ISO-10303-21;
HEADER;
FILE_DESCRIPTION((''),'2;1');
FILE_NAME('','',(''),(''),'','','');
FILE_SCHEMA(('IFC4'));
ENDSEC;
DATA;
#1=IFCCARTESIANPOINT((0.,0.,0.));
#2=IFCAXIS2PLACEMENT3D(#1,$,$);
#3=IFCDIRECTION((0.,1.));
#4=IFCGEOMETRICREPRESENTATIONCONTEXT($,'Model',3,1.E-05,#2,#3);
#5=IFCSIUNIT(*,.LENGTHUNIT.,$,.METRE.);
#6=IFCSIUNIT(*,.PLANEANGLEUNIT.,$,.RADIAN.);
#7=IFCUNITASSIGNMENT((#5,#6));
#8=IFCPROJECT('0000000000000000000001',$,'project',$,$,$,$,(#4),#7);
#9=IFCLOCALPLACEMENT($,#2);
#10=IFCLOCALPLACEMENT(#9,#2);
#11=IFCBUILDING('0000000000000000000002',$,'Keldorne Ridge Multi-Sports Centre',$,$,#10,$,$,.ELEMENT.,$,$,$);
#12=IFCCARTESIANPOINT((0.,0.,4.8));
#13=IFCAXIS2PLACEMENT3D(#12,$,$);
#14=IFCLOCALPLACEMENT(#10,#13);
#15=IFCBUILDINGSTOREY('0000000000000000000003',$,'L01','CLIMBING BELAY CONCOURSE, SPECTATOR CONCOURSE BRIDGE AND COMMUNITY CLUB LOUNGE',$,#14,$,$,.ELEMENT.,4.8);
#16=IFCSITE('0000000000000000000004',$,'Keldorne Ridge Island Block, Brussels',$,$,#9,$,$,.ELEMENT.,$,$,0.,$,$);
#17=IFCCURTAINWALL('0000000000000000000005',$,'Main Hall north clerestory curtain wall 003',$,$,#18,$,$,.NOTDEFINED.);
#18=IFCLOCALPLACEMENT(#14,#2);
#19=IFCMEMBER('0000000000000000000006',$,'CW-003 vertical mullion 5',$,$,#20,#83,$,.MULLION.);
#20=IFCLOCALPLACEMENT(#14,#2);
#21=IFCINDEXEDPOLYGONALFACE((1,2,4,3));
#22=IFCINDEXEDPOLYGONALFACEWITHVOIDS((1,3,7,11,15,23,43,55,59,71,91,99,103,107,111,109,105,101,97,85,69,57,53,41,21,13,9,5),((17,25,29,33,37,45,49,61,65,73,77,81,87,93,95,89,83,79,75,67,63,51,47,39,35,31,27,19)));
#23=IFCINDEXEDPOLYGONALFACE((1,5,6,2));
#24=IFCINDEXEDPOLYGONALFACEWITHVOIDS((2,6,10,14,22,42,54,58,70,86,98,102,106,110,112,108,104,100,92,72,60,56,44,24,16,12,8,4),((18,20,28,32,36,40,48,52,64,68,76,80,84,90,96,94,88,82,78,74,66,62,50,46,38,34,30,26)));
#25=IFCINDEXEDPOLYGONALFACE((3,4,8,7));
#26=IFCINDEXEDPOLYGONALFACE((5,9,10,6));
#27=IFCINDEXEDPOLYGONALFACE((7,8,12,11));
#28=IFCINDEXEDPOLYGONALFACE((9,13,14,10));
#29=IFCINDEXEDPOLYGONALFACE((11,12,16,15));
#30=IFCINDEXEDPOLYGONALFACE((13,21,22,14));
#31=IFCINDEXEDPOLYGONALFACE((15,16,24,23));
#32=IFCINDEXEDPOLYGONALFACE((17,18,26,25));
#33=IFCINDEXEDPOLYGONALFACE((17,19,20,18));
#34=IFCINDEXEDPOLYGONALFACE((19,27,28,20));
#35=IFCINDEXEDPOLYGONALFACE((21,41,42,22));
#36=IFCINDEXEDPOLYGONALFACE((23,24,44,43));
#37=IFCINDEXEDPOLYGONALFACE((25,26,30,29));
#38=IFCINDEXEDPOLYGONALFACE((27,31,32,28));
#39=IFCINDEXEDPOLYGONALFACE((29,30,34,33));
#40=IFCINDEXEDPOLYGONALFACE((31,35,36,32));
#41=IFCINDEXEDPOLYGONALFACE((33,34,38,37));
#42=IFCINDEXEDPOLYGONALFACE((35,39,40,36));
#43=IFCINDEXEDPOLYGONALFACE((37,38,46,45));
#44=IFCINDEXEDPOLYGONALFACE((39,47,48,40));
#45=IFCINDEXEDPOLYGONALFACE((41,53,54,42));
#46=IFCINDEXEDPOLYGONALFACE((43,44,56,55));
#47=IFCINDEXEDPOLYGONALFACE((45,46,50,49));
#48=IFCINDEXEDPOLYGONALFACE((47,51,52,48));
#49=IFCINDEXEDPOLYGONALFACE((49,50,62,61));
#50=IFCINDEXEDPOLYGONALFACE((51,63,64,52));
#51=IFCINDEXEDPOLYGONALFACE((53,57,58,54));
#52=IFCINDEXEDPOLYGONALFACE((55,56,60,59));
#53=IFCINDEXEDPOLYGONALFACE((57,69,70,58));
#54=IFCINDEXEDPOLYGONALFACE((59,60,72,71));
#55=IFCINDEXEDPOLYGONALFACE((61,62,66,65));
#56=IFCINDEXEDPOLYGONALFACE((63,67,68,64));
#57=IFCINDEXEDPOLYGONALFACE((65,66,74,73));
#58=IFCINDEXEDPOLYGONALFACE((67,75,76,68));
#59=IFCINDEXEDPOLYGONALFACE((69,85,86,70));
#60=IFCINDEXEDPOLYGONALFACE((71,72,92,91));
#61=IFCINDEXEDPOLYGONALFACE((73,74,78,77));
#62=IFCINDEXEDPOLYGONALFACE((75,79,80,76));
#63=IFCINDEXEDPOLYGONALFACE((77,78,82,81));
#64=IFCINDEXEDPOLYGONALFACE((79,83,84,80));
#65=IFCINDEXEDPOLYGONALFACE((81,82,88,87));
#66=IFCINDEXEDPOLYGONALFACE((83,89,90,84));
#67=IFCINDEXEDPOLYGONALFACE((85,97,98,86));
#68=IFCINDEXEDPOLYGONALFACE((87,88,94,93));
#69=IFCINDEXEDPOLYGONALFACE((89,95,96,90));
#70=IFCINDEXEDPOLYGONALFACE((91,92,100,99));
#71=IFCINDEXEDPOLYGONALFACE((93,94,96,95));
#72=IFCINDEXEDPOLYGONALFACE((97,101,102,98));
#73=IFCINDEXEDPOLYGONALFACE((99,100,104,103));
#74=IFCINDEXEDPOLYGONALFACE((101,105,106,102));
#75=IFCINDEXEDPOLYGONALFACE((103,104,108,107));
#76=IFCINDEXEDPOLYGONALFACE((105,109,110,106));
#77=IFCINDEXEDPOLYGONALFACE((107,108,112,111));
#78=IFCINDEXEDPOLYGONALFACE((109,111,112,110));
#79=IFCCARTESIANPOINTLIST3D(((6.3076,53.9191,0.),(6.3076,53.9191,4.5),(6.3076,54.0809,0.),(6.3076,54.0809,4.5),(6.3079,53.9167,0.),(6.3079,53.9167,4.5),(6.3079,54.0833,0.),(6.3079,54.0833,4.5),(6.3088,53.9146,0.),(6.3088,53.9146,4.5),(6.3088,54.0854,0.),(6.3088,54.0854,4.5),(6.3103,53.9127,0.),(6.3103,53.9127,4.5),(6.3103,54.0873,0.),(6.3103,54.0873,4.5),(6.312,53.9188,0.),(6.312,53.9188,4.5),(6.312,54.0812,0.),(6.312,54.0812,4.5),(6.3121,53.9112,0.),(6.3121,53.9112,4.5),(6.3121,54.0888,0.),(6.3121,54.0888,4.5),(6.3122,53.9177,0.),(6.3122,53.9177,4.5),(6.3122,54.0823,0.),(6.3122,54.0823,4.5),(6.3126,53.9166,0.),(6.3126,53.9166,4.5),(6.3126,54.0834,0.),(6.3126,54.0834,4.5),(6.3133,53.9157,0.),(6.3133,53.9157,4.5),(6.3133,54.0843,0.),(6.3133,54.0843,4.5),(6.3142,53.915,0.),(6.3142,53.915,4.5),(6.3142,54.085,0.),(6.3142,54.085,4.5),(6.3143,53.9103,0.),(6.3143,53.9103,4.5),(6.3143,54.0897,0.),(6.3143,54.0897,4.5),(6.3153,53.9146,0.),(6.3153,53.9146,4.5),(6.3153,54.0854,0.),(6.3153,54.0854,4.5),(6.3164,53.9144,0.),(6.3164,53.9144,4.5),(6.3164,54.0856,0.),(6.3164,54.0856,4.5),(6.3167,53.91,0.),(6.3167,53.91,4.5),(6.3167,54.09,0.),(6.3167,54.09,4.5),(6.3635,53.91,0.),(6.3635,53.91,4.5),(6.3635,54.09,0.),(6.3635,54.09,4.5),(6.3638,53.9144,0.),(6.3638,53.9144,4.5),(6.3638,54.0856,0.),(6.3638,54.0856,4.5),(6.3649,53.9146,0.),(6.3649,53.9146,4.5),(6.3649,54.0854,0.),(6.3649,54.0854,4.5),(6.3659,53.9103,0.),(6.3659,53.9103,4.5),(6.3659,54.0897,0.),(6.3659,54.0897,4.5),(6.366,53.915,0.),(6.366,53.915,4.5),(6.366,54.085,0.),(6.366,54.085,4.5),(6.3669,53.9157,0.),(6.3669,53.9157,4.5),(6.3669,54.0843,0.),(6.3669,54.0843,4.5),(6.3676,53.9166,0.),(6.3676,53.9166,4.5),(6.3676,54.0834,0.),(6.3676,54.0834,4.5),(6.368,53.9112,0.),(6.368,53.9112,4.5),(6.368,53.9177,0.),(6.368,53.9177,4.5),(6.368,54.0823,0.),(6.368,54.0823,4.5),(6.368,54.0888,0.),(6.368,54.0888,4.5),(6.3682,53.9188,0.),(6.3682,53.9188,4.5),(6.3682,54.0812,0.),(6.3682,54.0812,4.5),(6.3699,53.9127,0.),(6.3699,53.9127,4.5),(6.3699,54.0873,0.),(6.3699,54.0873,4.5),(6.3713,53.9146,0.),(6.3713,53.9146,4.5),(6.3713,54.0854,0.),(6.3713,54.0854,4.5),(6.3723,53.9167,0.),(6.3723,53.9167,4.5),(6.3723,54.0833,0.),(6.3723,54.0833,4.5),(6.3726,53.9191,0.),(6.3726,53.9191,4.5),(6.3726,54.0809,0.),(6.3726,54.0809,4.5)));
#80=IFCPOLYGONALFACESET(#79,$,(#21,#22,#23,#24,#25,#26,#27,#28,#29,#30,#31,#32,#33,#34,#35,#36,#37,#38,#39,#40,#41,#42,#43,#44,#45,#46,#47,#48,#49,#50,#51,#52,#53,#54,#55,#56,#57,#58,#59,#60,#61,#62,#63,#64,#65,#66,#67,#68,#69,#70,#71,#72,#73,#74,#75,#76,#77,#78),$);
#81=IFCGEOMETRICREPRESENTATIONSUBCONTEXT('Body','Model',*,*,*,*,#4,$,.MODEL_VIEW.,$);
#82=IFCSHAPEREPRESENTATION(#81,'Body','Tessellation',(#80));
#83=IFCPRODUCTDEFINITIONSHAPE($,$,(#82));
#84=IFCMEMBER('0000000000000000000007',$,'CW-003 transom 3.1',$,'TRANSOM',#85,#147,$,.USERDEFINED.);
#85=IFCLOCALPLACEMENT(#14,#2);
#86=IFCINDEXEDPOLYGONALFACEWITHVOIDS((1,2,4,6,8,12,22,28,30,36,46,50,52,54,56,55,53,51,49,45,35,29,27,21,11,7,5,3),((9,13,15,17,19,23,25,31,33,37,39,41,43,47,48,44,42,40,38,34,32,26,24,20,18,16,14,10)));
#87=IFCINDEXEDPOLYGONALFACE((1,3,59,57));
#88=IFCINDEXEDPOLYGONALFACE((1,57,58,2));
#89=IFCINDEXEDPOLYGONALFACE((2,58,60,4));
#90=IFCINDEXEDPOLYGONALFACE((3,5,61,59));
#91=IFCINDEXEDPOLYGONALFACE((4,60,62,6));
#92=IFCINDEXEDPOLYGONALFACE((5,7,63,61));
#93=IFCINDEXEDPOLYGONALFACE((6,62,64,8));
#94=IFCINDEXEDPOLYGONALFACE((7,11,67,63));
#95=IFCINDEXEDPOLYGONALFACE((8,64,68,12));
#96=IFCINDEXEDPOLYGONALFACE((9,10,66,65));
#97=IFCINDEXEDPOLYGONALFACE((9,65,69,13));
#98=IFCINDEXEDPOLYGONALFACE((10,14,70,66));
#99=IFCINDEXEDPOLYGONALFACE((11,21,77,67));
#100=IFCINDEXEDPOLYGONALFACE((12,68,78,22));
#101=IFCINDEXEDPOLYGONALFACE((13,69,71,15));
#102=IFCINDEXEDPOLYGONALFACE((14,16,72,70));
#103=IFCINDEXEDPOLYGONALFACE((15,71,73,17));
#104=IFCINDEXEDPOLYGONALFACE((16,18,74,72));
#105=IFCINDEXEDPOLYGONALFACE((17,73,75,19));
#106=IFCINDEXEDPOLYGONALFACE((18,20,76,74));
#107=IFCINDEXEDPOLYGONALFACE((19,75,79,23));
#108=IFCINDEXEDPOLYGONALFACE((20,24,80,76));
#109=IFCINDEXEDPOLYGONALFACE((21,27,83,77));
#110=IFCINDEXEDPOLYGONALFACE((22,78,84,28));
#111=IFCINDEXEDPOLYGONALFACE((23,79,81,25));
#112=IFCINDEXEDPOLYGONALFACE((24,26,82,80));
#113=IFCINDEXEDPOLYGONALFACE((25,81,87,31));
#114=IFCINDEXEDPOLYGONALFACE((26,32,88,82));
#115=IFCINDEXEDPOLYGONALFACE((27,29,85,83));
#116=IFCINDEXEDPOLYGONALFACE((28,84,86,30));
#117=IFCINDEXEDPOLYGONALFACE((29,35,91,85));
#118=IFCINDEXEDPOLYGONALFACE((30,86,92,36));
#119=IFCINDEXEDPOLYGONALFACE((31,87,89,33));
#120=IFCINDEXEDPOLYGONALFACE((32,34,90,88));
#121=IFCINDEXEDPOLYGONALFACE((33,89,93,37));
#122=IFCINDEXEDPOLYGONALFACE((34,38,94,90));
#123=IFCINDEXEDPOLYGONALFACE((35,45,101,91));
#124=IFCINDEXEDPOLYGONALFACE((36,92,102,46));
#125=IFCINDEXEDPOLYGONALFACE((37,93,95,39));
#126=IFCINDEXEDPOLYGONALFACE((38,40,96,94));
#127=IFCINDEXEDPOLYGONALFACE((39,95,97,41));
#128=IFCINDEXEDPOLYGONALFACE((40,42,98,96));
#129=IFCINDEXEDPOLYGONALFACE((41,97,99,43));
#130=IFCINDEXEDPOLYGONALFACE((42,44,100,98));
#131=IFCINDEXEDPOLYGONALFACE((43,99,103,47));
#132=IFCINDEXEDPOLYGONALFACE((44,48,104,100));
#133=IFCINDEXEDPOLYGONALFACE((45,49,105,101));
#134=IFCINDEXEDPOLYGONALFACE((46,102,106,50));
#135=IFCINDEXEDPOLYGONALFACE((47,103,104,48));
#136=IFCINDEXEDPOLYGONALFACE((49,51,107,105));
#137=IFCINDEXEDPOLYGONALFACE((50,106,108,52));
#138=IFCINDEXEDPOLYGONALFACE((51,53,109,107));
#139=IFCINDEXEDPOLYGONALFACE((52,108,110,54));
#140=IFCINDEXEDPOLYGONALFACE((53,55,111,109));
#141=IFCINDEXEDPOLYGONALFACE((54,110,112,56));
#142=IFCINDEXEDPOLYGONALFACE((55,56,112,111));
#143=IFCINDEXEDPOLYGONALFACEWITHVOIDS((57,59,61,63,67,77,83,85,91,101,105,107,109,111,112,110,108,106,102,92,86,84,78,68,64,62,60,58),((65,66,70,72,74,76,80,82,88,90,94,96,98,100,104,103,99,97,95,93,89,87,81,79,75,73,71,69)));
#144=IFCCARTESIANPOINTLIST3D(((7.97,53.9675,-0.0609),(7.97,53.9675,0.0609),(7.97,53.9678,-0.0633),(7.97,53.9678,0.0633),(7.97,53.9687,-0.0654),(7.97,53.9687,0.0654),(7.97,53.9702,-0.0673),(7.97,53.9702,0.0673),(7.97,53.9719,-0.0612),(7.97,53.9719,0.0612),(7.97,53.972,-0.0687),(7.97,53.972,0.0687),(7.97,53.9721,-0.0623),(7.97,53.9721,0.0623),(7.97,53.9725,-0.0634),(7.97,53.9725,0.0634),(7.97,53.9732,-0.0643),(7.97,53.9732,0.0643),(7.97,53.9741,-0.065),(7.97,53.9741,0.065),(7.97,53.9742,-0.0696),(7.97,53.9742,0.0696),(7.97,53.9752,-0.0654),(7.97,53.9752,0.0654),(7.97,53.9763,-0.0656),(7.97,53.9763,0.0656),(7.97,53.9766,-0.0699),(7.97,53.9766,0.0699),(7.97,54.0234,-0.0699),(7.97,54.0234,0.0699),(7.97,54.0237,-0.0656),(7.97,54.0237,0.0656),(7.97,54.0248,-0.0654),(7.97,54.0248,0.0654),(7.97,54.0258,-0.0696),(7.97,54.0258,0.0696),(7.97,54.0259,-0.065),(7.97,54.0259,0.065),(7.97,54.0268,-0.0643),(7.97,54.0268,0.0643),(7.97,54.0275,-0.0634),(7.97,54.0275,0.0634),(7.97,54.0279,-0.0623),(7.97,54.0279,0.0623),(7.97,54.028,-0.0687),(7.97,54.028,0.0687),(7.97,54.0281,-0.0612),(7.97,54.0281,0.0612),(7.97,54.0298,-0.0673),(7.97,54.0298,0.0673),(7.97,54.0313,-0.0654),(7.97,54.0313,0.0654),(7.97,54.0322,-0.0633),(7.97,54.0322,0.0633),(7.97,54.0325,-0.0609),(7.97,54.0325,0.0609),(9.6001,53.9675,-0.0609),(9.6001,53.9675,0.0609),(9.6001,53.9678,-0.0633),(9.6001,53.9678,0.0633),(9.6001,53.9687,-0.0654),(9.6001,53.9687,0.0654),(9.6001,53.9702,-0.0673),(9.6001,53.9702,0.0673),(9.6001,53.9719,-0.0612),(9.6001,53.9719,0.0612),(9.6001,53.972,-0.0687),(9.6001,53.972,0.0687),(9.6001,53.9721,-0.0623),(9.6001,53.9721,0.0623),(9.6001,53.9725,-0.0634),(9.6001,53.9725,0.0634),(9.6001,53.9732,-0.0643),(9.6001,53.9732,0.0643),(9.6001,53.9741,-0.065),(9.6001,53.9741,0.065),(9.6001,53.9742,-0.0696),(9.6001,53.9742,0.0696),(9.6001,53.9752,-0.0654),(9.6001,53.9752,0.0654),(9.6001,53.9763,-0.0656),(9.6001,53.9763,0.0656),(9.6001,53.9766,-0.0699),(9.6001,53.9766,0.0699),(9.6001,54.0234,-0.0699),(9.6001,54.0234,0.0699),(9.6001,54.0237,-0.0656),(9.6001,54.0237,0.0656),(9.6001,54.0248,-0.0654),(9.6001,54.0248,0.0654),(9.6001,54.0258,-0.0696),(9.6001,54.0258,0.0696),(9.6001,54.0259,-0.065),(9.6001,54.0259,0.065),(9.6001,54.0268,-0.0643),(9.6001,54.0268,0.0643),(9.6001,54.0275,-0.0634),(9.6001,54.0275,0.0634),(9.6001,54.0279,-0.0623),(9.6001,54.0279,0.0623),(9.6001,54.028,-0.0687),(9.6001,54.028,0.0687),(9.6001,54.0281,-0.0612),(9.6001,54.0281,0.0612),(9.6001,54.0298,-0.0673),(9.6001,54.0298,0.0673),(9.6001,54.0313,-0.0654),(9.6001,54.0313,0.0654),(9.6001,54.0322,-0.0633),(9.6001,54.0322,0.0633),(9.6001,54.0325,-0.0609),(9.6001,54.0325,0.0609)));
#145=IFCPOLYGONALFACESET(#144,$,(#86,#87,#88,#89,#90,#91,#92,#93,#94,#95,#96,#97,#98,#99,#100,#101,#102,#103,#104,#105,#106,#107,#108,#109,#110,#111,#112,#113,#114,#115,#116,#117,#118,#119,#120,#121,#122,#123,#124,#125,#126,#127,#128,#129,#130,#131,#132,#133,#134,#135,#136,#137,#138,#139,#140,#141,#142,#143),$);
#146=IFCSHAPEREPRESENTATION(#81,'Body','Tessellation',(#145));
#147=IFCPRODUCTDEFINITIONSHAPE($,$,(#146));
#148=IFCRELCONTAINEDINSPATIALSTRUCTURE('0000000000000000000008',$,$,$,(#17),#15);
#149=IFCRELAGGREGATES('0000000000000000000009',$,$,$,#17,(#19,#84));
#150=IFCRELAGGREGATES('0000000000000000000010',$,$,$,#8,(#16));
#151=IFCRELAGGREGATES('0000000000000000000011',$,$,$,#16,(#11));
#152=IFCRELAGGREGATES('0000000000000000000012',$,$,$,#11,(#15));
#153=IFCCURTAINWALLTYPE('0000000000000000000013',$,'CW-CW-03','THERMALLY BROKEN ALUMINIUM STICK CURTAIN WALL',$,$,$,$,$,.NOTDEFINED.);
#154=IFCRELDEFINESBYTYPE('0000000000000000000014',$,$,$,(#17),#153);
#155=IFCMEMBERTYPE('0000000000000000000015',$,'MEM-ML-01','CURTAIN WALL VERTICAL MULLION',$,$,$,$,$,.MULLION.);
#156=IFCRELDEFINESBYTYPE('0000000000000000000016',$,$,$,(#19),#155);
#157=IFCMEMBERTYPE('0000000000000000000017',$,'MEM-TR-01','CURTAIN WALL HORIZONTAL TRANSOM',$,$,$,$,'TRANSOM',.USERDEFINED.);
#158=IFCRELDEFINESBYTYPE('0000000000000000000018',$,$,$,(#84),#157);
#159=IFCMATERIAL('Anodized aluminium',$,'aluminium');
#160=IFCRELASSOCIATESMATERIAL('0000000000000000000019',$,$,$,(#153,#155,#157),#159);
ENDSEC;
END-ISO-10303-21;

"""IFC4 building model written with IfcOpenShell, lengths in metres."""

from ifc_helpers import new_model, si_unit, direction, frame, origin, origin_2d, place, context, subcontext, project, spatial, hollow_rectangle, extrude, material, material_profile, profile_set, type_object, element, aggregate, save


model = new_model("IFC4")

# Units and contexts
model_context = context("Model", 3, precision=1e-05, world=origin(), true_north=direction((0.0, 1.0)))
body_context = subcontext(model_context, "Body", "Model", "MODEL_VIEW")
ifc_project = project(units=[si_unit("LENGTHUNIT", "METRE"), si_unit("PLANEANGLEUNIT", "RADIAN")], contexts=[model_context])

# Site, building, storey
site_placement = place(None, origin())
site = spatial("IfcSite", under=ifc_project, at=site_placement, Name="Keldorne Ridge Island Block, Brussels", CompositionType="ELEMENT", RefElevation=0.0)
building_placement = place(site_placement, origin())
building = spatial("IfcBuilding", under=site, at=building_placement, Name="Keldorne Ridge Multi-Sports Centre", CompositionType="ELEMENT")
storey_placement = place(building_placement, frame((0.0, 0.0, 4.8)))
storey = spatial("IfcBuildingStorey", under=building, at=storey_placement, Name="L01", Description="CLIMBING BELAY CONCOURSE, SPECTATOR CONCOURSE BRIDGE AND COMMUNITY CLUB LOUNGE", CompositionType="ELEMENT", Elevation=4.8)

# Curtain wall, members
ifc_material_1 = material(Name="Anodized aluminium", Category="aluminium")
curtain_wall_type = type_object("IfcCurtainWallType", Name="CW-CW-03", Description="THERMALLY BROKEN ALUMINIUM STICK CURTAIN WALL", PredefinedType="NOTDEFINED", material=ifc_material_1)
curtain_wall_placement = place(storey_placement, origin())
curtain_wall = element("IfcCurtainWall", 1, at=curtain_wall_placement, inside=storey, type_object=curtain_wall_type, Name="Main Hall north clerestory curtain wall 003", PredefinedType="NOTDEFINED")
ifc_material_profile_1 = material_profile(ifc_material_1, hollow_rectangle(XDim=0.0649, YDim=0.1799, WallThickness=0.0044, InnerFilletRadius=0.0044, OuterFilletRadius=0.009, at=origin_2d()), Name="ALU MULLION 180x65x4.5")
ifc_profile_set_1 = profile_set([ifc_material_profile_1], Name="Anodized aluminium")
member_type_1 = type_object("IfcMemberType", Name="MEM-ML-01", Description="CURTAIN WALL VERTICAL MULLION", PredefinedType="MULLION", material=ifc_profile_set_1)
member_1_placement = place(storey_placement, frame((6.3401, 54.0, 0.0), z_axis=(0.0, 0.0, 1.0), x_axis=(1.0, 0.0, 0.0)))
member_1 = element("IfcMember", 2, at=member_1_placement, type_object=member_type_1, Name="CW-003 vertical mullion 5", PredefinedType="MULLION", context=body_context, shape_type="SweptSolid", body=[
    extrude(hollow_rectangle(XDim=0.0649, YDim=0.1799, WallThickness=0.0044, InnerFilletRadius=0.0044, OuterFilletRadius=0.009, at=origin_2d()), origin(), (0.0, 0.0, 1.0), 4.5),
])
ifc_material_profile_2 = material_profile(ifc_material_1, hollow_rectangle(XDim=0.0649, YDim=0.1399, WallThickness=0.0044, InnerFilletRadius=0.0044, OuterFilletRadius=0.009, at=origin_2d()), Name="ALU TRANSOM 140x65x4.5")
ifc_profile_set_2 = profile_set([ifc_material_profile_2], Name="Anodized aluminium")
member_type_2 = type_object("IfcMemberType", Name="MEM-TR-01", Description="CURTAIN WALL HORIZONTAL TRANSOM", ElementType="TRANSOM", PredefinedType="USERDEFINED", material=ifc_profile_set_2)
member_2_placement = place(storey_placement, frame((9.6001, 54.0, 0.0), z_axis=(-1.0, 0.0, 0.0), x_axis=(0.0, -1.0, 0.0)))
member_2 = element("IfcMember", 3, at=member_2_placement, type_object=member_type_2, Name="CW-003 transom 3.1", ObjectType="TRANSOM", PredefinedType="USERDEFINED", context=body_context, shape_type="SweptSolid", body=[
    extrude(hollow_rectangle(XDim=0.0649, YDim=0.1399, WallThickness=0.0044, InnerFilletRadius=0.0044, OuterFilletRadius=0.009, at=origin_2d()), origin(), (0.0, 0.0, 1.0), 1.6301),
])
aggregate(curtain_wall, [member_1, member_2])

save(model, "model.ifc")
